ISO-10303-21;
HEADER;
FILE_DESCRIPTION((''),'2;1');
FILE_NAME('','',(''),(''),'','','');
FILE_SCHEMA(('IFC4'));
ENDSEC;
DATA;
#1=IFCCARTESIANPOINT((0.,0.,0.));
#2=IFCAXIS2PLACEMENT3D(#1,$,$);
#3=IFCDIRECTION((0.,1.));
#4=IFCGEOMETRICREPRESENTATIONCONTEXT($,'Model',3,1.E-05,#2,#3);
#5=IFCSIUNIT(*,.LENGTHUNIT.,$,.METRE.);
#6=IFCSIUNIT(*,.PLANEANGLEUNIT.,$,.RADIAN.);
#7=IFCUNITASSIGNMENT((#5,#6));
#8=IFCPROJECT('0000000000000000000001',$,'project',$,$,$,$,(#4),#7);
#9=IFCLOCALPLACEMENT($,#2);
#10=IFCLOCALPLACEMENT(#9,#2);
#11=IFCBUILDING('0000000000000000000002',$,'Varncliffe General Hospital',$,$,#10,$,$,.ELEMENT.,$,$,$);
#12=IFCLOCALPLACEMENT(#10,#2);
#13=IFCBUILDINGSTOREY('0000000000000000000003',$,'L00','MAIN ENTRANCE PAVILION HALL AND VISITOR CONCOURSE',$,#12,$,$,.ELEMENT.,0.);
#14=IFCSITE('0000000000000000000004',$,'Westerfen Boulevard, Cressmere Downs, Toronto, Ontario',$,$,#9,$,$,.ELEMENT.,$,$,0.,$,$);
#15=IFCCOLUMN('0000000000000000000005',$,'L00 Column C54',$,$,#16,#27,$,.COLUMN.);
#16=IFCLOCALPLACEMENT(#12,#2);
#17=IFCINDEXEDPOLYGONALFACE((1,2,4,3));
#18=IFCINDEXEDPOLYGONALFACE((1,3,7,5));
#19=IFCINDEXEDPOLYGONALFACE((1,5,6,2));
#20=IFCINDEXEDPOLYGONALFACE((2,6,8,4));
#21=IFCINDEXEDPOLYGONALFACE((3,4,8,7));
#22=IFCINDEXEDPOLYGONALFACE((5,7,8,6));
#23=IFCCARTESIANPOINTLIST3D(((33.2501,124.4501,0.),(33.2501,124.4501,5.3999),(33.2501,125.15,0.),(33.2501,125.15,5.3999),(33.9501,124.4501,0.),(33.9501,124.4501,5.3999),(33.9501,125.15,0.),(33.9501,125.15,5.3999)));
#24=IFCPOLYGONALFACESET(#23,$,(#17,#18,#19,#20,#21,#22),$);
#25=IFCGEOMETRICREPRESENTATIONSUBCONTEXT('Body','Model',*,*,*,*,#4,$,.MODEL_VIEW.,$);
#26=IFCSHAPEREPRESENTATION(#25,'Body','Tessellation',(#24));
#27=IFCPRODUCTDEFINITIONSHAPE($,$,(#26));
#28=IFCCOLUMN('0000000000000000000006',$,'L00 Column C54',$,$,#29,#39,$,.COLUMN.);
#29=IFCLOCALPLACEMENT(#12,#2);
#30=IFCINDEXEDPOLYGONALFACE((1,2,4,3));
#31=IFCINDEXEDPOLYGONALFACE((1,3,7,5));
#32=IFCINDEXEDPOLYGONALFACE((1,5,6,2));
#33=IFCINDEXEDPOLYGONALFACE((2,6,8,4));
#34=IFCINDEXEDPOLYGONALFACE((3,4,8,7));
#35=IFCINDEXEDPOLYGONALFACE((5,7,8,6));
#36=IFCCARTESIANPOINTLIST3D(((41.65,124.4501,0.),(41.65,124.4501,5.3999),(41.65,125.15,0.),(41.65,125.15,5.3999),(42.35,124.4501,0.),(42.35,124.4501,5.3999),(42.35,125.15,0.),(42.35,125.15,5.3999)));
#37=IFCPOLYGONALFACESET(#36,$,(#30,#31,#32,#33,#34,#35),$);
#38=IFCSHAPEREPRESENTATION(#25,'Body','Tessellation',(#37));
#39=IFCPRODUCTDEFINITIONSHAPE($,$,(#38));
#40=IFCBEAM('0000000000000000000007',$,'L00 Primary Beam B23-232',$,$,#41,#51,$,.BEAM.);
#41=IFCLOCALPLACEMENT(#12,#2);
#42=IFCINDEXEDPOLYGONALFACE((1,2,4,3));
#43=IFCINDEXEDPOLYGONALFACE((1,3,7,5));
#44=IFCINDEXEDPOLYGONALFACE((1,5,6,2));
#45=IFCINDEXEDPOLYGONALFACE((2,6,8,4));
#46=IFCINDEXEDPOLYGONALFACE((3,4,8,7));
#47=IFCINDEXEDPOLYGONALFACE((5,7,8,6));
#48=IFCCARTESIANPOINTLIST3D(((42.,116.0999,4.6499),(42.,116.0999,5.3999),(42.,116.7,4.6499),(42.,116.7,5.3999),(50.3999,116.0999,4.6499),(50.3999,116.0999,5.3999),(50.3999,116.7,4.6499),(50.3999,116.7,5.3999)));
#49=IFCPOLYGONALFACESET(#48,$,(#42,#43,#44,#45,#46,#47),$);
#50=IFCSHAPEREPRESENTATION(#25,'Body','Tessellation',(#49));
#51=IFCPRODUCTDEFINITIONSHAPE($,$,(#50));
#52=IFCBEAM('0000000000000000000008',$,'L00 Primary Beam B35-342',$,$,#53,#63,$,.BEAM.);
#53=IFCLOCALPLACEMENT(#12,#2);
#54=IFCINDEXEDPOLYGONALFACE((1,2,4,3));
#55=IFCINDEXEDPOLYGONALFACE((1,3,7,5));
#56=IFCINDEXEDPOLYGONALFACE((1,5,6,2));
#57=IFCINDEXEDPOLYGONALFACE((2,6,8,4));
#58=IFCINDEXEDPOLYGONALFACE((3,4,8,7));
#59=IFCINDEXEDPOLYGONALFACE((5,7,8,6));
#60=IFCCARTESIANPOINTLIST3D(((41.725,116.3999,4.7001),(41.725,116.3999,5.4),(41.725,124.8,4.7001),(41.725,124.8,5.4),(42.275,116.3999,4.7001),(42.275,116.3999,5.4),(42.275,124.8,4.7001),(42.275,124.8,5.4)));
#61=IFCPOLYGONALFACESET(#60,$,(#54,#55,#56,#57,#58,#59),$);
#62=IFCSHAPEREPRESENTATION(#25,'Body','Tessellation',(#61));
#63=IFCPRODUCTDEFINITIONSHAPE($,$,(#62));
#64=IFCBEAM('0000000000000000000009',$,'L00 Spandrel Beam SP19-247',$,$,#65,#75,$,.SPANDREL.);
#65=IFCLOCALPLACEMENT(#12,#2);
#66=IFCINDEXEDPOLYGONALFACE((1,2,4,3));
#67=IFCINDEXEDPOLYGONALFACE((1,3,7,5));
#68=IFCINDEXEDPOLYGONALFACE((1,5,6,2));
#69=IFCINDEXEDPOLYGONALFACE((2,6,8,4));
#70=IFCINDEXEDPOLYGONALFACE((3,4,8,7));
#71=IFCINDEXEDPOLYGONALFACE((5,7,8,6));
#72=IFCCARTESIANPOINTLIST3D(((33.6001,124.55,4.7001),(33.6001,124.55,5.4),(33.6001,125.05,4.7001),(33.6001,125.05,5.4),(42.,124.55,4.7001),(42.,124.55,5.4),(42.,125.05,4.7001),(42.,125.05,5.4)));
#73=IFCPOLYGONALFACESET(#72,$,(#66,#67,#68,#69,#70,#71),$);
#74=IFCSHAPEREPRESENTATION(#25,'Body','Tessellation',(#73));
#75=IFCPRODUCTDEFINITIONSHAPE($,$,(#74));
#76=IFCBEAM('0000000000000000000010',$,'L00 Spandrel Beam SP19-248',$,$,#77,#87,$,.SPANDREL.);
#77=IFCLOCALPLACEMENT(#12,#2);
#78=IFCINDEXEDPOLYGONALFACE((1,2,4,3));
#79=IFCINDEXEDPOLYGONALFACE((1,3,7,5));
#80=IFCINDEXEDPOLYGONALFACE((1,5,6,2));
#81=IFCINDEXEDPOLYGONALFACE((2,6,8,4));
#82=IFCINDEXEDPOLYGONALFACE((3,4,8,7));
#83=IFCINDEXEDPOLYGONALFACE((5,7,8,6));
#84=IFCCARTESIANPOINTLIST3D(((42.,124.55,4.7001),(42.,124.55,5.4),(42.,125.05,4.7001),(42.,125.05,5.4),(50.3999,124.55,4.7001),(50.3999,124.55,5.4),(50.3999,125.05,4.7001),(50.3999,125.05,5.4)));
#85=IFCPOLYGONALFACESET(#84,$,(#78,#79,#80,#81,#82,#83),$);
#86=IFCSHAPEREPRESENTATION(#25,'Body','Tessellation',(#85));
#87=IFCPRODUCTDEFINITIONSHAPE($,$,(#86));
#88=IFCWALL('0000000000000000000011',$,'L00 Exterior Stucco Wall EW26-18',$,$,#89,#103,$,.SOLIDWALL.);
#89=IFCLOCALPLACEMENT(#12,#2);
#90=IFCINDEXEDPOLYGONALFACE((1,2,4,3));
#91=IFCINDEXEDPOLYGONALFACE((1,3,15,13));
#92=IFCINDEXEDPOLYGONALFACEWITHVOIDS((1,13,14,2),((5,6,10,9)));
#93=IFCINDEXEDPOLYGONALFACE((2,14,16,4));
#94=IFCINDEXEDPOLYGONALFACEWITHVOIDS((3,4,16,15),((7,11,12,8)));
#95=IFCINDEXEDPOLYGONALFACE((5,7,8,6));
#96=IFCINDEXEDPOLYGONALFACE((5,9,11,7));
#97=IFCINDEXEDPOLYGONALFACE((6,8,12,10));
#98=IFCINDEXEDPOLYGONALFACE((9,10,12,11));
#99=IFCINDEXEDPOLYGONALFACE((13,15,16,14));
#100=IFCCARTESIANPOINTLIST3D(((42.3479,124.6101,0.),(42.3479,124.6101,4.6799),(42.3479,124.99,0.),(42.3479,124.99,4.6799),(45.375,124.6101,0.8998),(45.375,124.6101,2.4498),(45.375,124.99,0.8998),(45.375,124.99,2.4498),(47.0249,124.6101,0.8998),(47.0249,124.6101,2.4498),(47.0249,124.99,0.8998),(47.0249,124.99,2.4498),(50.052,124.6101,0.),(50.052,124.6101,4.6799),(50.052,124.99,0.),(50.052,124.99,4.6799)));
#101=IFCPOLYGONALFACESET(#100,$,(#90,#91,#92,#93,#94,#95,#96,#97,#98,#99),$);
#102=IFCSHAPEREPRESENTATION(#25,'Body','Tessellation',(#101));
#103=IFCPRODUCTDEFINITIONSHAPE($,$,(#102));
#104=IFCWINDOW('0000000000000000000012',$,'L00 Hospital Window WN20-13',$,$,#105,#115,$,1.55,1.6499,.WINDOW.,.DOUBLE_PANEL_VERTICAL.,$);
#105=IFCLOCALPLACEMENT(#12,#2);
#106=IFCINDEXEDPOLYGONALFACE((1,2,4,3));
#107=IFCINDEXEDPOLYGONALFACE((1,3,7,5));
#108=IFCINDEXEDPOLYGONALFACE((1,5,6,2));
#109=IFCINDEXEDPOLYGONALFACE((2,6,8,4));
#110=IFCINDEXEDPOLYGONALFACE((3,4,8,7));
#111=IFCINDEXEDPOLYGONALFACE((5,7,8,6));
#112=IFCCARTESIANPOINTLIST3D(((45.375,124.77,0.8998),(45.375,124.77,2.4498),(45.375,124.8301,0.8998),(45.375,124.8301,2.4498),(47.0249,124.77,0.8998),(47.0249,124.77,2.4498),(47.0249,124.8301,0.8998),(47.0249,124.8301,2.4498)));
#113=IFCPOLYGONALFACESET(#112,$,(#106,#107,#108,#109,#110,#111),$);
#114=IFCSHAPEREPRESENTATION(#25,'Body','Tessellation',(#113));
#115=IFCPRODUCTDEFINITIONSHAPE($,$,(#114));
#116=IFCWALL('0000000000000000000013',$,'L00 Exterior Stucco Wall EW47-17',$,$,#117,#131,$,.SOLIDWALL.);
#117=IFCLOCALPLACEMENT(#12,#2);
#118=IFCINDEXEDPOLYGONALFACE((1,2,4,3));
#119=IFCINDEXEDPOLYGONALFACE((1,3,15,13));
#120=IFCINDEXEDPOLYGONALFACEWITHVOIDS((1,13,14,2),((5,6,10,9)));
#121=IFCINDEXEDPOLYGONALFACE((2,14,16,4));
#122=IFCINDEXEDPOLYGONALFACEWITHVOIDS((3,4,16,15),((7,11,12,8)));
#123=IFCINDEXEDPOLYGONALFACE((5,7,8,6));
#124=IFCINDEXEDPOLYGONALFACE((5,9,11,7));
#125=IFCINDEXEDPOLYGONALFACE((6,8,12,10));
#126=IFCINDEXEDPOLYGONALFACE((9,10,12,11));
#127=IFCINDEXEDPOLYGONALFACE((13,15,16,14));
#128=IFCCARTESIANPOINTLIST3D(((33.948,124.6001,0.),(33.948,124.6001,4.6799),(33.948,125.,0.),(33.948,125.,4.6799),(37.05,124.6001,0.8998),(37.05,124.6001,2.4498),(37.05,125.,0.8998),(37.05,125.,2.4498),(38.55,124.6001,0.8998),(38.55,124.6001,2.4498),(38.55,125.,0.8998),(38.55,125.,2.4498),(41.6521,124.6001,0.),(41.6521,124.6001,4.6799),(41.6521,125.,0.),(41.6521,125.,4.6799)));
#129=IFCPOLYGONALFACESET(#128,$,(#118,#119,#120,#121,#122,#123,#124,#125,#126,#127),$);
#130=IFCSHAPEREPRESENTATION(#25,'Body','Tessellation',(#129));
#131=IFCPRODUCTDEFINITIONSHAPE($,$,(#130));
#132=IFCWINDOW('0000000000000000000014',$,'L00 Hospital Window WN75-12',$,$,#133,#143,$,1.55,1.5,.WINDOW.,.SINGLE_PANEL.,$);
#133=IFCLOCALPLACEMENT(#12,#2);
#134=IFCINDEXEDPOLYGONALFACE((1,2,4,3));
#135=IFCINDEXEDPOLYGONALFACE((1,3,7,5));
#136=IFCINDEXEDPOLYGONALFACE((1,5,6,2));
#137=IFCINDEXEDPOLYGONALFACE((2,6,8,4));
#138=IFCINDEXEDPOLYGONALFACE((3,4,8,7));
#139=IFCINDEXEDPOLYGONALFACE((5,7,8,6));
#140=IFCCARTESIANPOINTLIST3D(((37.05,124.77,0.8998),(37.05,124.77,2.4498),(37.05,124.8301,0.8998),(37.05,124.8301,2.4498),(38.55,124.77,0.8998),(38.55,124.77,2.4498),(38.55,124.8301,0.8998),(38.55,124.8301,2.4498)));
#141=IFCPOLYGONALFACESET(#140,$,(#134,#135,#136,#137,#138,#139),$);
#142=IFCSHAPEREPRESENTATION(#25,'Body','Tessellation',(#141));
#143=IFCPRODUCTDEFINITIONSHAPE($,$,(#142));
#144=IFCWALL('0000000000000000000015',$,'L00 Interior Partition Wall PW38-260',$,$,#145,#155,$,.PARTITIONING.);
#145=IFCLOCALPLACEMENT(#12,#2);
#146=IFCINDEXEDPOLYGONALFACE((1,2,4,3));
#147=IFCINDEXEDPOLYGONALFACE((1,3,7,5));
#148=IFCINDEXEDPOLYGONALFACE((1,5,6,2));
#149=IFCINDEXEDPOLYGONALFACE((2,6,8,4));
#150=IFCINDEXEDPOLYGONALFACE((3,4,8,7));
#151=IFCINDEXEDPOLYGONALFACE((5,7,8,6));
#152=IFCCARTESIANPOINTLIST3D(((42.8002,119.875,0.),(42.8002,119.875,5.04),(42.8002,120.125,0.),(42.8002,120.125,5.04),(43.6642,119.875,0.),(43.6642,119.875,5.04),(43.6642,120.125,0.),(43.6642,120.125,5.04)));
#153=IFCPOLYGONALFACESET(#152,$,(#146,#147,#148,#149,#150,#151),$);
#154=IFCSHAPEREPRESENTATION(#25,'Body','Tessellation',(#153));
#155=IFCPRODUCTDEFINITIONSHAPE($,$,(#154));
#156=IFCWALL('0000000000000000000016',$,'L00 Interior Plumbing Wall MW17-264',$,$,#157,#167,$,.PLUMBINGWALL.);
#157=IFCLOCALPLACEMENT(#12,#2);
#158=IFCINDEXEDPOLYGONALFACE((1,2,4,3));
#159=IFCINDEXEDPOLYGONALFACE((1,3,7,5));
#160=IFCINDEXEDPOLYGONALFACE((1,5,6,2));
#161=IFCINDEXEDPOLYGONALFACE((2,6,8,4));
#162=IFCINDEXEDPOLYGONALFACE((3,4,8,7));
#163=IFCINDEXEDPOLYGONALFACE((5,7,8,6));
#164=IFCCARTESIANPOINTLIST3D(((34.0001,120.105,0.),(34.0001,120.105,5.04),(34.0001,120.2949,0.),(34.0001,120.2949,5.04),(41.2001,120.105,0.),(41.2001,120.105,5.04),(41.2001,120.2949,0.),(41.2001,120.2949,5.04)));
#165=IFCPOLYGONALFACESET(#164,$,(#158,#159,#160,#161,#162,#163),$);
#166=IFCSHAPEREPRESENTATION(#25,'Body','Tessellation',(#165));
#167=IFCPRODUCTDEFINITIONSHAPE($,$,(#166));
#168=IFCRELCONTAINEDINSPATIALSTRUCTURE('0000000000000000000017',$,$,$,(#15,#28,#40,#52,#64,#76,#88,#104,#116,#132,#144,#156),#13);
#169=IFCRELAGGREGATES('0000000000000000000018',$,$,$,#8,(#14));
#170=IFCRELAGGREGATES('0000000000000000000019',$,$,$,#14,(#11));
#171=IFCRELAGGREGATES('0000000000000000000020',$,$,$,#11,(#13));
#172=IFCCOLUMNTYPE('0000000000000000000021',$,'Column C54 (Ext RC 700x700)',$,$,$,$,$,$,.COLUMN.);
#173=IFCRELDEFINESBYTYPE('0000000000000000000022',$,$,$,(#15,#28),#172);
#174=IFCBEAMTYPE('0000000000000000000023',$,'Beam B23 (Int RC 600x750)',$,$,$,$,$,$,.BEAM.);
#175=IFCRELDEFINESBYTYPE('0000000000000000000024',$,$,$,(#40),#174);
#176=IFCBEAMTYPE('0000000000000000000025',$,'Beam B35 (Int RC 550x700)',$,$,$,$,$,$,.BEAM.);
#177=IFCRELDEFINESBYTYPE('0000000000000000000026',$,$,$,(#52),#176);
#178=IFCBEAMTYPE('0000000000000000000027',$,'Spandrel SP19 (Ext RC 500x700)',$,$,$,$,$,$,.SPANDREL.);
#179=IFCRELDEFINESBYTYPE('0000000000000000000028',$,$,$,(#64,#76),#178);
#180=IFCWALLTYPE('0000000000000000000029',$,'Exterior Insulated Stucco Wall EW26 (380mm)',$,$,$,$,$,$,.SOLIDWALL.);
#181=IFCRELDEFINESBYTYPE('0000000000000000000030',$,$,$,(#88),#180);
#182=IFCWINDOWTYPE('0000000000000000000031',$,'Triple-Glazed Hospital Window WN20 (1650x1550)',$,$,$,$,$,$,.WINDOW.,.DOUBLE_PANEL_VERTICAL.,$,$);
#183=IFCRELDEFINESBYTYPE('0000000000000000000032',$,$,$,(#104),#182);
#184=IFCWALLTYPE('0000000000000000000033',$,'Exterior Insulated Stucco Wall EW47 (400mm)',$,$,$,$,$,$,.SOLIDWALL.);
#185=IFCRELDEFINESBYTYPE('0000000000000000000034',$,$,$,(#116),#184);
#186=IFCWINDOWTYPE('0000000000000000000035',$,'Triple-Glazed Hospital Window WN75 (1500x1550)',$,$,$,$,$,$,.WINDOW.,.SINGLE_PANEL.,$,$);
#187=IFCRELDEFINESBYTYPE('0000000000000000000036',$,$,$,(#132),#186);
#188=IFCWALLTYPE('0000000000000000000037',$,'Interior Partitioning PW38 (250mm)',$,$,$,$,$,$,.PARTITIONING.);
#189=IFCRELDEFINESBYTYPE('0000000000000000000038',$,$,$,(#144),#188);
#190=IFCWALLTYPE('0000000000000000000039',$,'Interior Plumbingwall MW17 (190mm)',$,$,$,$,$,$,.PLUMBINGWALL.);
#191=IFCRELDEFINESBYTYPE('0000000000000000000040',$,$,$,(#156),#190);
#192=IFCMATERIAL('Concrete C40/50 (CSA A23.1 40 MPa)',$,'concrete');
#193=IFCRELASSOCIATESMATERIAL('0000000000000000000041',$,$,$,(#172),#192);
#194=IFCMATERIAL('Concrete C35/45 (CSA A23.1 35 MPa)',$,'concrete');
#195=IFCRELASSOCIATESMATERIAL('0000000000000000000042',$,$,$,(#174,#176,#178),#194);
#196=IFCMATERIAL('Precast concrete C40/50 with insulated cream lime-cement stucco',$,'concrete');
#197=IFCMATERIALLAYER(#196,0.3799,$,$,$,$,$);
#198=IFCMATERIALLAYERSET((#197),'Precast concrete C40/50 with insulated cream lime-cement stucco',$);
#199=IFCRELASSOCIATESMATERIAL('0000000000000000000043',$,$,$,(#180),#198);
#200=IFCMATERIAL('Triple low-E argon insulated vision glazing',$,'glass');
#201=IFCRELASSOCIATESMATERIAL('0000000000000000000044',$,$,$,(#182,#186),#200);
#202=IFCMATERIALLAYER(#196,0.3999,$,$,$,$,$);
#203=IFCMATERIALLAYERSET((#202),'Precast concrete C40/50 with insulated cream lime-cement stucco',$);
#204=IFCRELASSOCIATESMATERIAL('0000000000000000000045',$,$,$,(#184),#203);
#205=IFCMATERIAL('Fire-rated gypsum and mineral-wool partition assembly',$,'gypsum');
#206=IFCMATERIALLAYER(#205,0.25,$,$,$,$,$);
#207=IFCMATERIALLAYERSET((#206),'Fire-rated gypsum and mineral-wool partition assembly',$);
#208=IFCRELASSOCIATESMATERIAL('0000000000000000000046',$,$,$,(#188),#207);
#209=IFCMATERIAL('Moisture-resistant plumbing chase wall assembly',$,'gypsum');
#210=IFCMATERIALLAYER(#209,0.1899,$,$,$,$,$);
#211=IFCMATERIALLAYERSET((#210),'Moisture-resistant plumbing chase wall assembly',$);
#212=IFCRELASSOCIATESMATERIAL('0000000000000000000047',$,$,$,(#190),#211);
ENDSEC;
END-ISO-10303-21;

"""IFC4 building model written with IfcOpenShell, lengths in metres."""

from ifc_helpers import new_model, si_unit, direction, frame, frame_2d, origin, origin_2d, place, context, subcontext, project, spatial, rectangle, extrude, material, layer, layer_set, material_profile, profile_set, type_object, element, fill, save


model = new_model("IFC4")

# Units and contexts
model_context = context("Model", 3, precision=1e-05, world=origin(), true_north=direction((0.0, 1.0)))
body_context = subcontext(model_context, "Body", "Model", "MODEL_VIEW")
ifc_project = project(units=[si_unit("LENGTHUNIT", "METRE"), si_unit("PLANEANGLEUNIT", "RADIAN")], contexts=[model_context])

# Site, building, storey
site_placement = place(None, origin())
site = spatial("IfcSite", under=ifc_project, at=site_placement, Name="Westerfen Boulevard, Cressmere Downs, Toronto, Ontario", CompositionType="ELEMENT", RefElevation=0.0)
building_placement = place(site_placement, origin())
building = spatial("IfcBuilding", under=site, at=building_placement, Name="Varncliffe General Hospital", CompositionType="ELEMENT")
storey_placement = place(building_placement, origin())
storey = spatial("IfcBuildingStorey", under=building, at=storey_placement, Name="L00", Description="MAIN ENTRANCE PAVILION HALL AND VISITOR CONCOURSE", CompositionType="ELEMENT", Elevation=0.0)

# Columns
ifc_material_1 = material(Name="Concrete C40/50 (CSA A23.1 40 MPa)", Category="concrete")
ifc_material_profile_1 = material_profile(ifc_material_1, rectangle(XDim=0.7, YDim=0.7, at=origin_2d()), Name="RC 700x700")
ifc_profile_set_1 = profile_set([ifc_material_profile_1], Name="Concrete C40/50 (CSA A23.1 40 MPa)")
column_type = type_object("IfcColumnType", Name="Column C54 (Ext RC 700x700)", PredefinedType="COLUMN", material=ifc_profile_set_1)
for number, where, z_axis, x_axis, name in (
    (1, (33.6001, 124.8, 0.0), (0.0, 0.0, 1.0), (1.0, 0.0, 0.0), "L00 Column C54"),
    (2, (42.0, 124.8, 0.0), (0.0, 0.0, 1.0), (1.0, 0.0, 0.0), "L00 Column C54"),
):
    element("IfcColumn", number, at=place(storey_placement, frame(where, z_axis=z_axis, x_axis=x_axis)), inside=storey, type_object=column_type, Name=name, PredefinedType="COLUMN", context=body_context, shape_type="SweptSolid", body=[
        extrude(rectangle(XDim=0.7, YDim=0.7, at=origin_2d()), origin(), (0.0, 0.0, 1.0), 5.3999),
    ])

# Beams
ifc_material_2 = material(Name="Concrete C35/45 (CSA A23.1 35 MPa)", Category="concrete")
ifc_material_profile_2 = material_profile(ifc_material_2, rectangle(XDim=0.6001, YDim=0.75, at=origin_2d()), Name="RC 600x750")
ifc_profile_set_2 = profile_set([ifc_material_profile_2], Name="Concrete C35/45 (CSA A23.1 35 MPa)")
beam_type_1 = type_object("IfcBeamType", Name="Beam B23 (Int RC 600x750)", PredefinedType="BEAM", material=ifc_profile_set_2)
beam_1_placement = place(storey_placement, frame((42.0, 116.3999, 5.0249), z_axis=(1.0, 0.0, 0.0), x_axis=(0.0, 1.0, 0.0)))
element("IfcBeam", 3, at=beam_1_placement, inside=storey, type_object=beam_type_1, Name="L00 Primary Beam B23-232", PredefinedType="BEAM", context=body_context, shape_type="SweptSolid", body=[
    extrude(rectangle(XDim=0.6001, YDim=0.75, at=origin_2d()), origin(), (0.0, 0.0, 1.0), 8.3999),
])
ifc_material_profile_3 = material_profile(ifc_material_2, rectangle(XDim=0.55, YDim=0.7, at=origin_2d()), Name="RC 550x700")
ifc_profile_set_3 = profile_set([ifc_material_profile_3], Name="Concrete C35/45 (CSA A23.1 35 MPa)")
beam_type_2 = type_object("IfcBeamType", Name="Beam B35 (Int RC 550x700)", PredefinedType="BEAM", material=ifc_profile_set_3)
beam_2_placement = place(storey_placement, frame((42.0, 116.3999, 5.05), z_axis=(0.0, 1.0, 0.0), x_axis=(-1.0, 0.0, 0.0)))
element("IfcBeam", 4, at=beam_2_placement, inside=storey, type_object=beam_type_2, Name="L00 Primary Beam B35-342", PredefinedType="BEAM", context=body_context, shape_type="SweptSolid", body=[
    extrude(rectangle(XDim=0.55, YDim=0.7, at=origin_2d()), origin(), (0.0, 0.0, 1.0), 8.4001),
])
ifc_material_profile_4 = material_profile(ifc_material_2, rectangle(XDim=0.5, YDim=0.7, at=origin_2d()), Name="RC 500x700")
ifc_profile_set_4 = profile_set([ifc_material_profile_4], Name="Concrete C35/45 (CSA A23.1 35 MPa)")
beam_type_3 = type_object("IfcBeamType", Name="Spandrel SP19 (Ext RC 500x700)", PredefinedType="SPANDREL", material=ifc_profile_set_4)
for number, where, z_axis, x_axis, name in (
    (5, (33.6001, 124.8, 5.05), (1.0, 0.0, 0.0), (0.0, 1.0, 0.0), "L00 Spandrel Beam SP19-247"),
    (6, (42.0, 124.8, 5.05), (1.0, 0.0, 0.0), (0.0, 1.0, 0.0), "L00 Spandrel Beam SP19-248"),
):
    element("IfcBeam", number, at=place(storey_placement, frame(where, z_axis=z_axis, x_axis=x_axis)), inside=storey, type_object=beam_type_3, Name=name, PredefinedType="SPANDREL", context=body_context, shape_type="SweptSolid", body=[
        extrude(rectangle(XDim=0.5, YDim=0.7, at=origin_2d()), origin(), (0.0, 0.0, 1.0), 8.3999),
    ])

# Walls, openings, windows
ifc_material_3 = material(Name="Precast concrete C40/50 with insulated cream lime-cement stucco", Category="concrete")
ifc_layer_1 = layer(ifc_material_3, 0.3799)
ifc_layer_set_1 = layer_set([ifc_layer_1], Name="Precast concrete C40/50 with insulated cream lime-cement stucco")
wall_type_1 = type_object("IfcWallType", Name="Exterior Insulated Stucco Wall EW26 (380mm)", PredefinedType="SOLIDWALL", material=ifc_layer_set_1)
wall_1_placement = place(storey_placement, frame((42.3479, 124.8, 0.0), z_axis=(0.0, 0.0, 1.0), x_axis=(1.0, 0.0, 0.0)))
wall_1 = element("IfcWall", 7, at=wall_1_placement, inside=storey, type_object=wall_type_1, Name="L00 Exterior Stucco Wall EW26-18", PredefinedType="SOLIDWALL", context=body_context, shape_type="SweptSolid", body=[
    extrude(rectangle(XDim=7.7041, YDim=0.3799, at=frame_2d((3.8521, 0.0))), origin(), (0.0, 0.0, 1.0), 4.6799),
])
opening_1_placement = place(wall_1_placement, frame((3.0271, 0.0, 0.8999)))
opening_1 = element("IfcOpeningElement", 8, at=opening_1_placement, cuts=wall_1, PredefinedType="OPENING", context=body_context, shape_type="SweptSolid", body=[
    extrude(rectangle(XDim=1.6499, YDim=1.55, at=frame_2d((0.825, 0.7749))), frame((0.0, 0.2, 0.0), z_axis=(0.0, -1.0, 0.0), x_axis=(1.0, 0.0, 0.0)), (0.0, 0.0, 1.0), 0.3999),
])
ifc_material_4 = material(Name="Triple low-E argon insulated vision glazing", Category="glass")
window_type_1 = type_object("IfcWindowType", Name="Triple-Glazed Hospital Window WN20 (1650x1550)", PartitioningType="DOUBLE_PANEL_VERTICAL", PredefinedType="WINDOW", material=ifc_material_4)
window_1_placement = place(opening_1_placement, origin())
window_1 = element("IfcWindow", 9, at=window_1_placement, inside=storey, type_object=window_type_1, Name="L00 Hospital Window WN20-13", OverallHeight=1.55, OverallWidth=1.6499, PartitioningType="DOUBLE_PANEL_VERTICAL", PredefinedType="WINDOW", context=body_context, shape_type="SweptSolid", body=[
    extrude(rectangle(XDim=1.6499, YDim=1.55, at=frame_2d((0.825, 0.7749))), frame((0.0, 0.03, 0.0), z_axis=(0.0, -1.0, 0.0), x_axis=(1.0, 0.0, 0.0)), (0.0, 0.0, 1.0), 0.0601),
])
fill(opening_1, window_1)
ifc_layer_2 = layer(ifc_material_3, 0.3999)
ifc_layer_set_2 = layer_set([ifc_layer_2], Name="Precast concrete C40/50 with insulated cream lime-cement stucco")
wall_type_2 = type_object("IfcWallType", Name="Exterior Insulated Stucco Wall EW47 (400mm)", PredefinedType="SOLIDWALL", material=ifc_layer_set_2)
wall_2_placement = place(storey_placement, frame((33.948, 124.8, 0.0), z_axis=(0.0, 0.0, 1.0), x_axis=(1.0, 0.0, 0.0)))
wall_2 = element("IfcWall", 10, at=wall_2_placement, inside=storey, type_object=wall_type_2, Name="L00 Exterior Stucco Wall EW47-17", PredefinedType="SOLIDWALL", context=body_context, shape_type="SweptSolid", body=[
    extrude(rectangle(XDim=7.7041, YDim=0.3999, at=frame_2d((3.8521, 0.0))), origin(), (0.0, 0.0, 1.0), 4.6799),
])
opening_2_placement = place(wall_2_placement, frame((3.1021, 0.0, 0.8999)))
opening_2 = element("IfcOpeningElement", 11, at=opening_2_placement, cuts=wall_2, PredefinedType="OPENING", context=body_context, shape_type="SweptSolid", body=[
    extrude(rectangle(XDim=1.5, YDim=1.55, at=frame_2d((0.75, 0.7749))), frame((0.0, 0.21, 0.0), z_axis=(0.0, -1.0, 0.0), x_axis=(1.0, 0.0, 0.0)), (0.0, 0.0, 1.0), 0.4199),
])
window_type_2 = type_object("IfcWindowType", Name="Triple-Glazed Hospital Window WN75 (1500x1550)", PartitioningType="SINGLE_PANEL", PredefinedType="WINDOW", material=ifc_material_4)
window_2_placement = place(opening_2_placement, origin())
window_2 = element("IfcWindow", 12, at=window_2_placement, inside=storey, type_object=window_type_2, Name="L00 Hospital Window WN75-12", OverallHeight=1.55, OverallWidth=1.5, PartitioningType="SINGLE_PANEL", PredefinedType="WINDOW", context=body_context, shape_type="SweptSolid", body=[
    extrude(rectangle(XDim=1.5, YDim=1.55, at=frame_2d((0.75, 0.7749))), frame((0.0, 0.03, 0.0), z_axis=(0.0, -1.0, 0.0), x_axis=(1.0, 0.0, 0.0)), (0.0, 0.0, 1.0), 0.0601),
])
fill(opening_2, window_2)

# Walls
ifc_material_5 = material(Name="Fire-rated gypsum and mineral-wool partition assembly", Category="gypsum")
ifc_layer_3 = layer(ifc_material_5, 0.25)
ifc_layer_set_3 = layer_set([ifc_layer_3], Name="Fire-rated gypsum and mineral-wool partition assembly")
wall_type_3 = type_object("IfcWallType", Name="Interior Partitioning PW38 (250mm)", PredefinedType="PARTITIONING", material=ifc_layer_set_3)
wall_3_placement = place(storey_placement, frame((42.8, 120.0, 0.0), z_axis=(0.0, 0.0, 1.0), x_axis=(1.0, 0.0, 0.0)))
element("IfcWall", 13, at=wall_3_placement, inside=storey, type_object=wall_type_3, Name="L00 Interior Partition Wall PW38-260", PredefinedType="PARTITIONING", context=body_context, shape_type="SweptSolid", body=[
    extrude(rectangle(XDim=0.864, YDim=0.25, at=frame_2d((0.4321, 0.0))), origin(), (0.0, 0.0, 1.0), 5.04),
])
ifc_material_6 = material(Name="Moisture-resistant plumbing chase wall assembly", Category="gypsum")
ifc_layer_4 = layer(ifc_material_6, 0.1899)
ifc_layer_set_4 = layer_set([ifc_layer_4], Name="Moisture-resistant plumbing chase wall assembly")
wall_type_4 = type_object("IfcWallType", Name="Interior Plumbingwall MW17 (190mm)", PredefinedType="PLUMBINGWALL", material=ifc_layer_set_4)
wall_4_placement = place(storey_placement, frame((34.0, 120.2, 0.0), z_axis=(0.0, 0.0, 1.0), x_axis=(1.0, 0.0, 0.0)))
element("IfcWall", 14, at=wall_4_placement, inside=storey, type_object=wall_type_4, Name="L00 Interior Plumbing Wall MW17-264", PredefinedType="PLUMBINGWALL", context=body_context, shape_type="SweptSolid", body=[
    extrude(rectangle(XDim=7.2, YDim=0.1899, at=frame_2d((3.6001, 0.0))), origin(), (0.0, 0.0, 1.0), 5.04),
])

save(model, "model.ifc")
